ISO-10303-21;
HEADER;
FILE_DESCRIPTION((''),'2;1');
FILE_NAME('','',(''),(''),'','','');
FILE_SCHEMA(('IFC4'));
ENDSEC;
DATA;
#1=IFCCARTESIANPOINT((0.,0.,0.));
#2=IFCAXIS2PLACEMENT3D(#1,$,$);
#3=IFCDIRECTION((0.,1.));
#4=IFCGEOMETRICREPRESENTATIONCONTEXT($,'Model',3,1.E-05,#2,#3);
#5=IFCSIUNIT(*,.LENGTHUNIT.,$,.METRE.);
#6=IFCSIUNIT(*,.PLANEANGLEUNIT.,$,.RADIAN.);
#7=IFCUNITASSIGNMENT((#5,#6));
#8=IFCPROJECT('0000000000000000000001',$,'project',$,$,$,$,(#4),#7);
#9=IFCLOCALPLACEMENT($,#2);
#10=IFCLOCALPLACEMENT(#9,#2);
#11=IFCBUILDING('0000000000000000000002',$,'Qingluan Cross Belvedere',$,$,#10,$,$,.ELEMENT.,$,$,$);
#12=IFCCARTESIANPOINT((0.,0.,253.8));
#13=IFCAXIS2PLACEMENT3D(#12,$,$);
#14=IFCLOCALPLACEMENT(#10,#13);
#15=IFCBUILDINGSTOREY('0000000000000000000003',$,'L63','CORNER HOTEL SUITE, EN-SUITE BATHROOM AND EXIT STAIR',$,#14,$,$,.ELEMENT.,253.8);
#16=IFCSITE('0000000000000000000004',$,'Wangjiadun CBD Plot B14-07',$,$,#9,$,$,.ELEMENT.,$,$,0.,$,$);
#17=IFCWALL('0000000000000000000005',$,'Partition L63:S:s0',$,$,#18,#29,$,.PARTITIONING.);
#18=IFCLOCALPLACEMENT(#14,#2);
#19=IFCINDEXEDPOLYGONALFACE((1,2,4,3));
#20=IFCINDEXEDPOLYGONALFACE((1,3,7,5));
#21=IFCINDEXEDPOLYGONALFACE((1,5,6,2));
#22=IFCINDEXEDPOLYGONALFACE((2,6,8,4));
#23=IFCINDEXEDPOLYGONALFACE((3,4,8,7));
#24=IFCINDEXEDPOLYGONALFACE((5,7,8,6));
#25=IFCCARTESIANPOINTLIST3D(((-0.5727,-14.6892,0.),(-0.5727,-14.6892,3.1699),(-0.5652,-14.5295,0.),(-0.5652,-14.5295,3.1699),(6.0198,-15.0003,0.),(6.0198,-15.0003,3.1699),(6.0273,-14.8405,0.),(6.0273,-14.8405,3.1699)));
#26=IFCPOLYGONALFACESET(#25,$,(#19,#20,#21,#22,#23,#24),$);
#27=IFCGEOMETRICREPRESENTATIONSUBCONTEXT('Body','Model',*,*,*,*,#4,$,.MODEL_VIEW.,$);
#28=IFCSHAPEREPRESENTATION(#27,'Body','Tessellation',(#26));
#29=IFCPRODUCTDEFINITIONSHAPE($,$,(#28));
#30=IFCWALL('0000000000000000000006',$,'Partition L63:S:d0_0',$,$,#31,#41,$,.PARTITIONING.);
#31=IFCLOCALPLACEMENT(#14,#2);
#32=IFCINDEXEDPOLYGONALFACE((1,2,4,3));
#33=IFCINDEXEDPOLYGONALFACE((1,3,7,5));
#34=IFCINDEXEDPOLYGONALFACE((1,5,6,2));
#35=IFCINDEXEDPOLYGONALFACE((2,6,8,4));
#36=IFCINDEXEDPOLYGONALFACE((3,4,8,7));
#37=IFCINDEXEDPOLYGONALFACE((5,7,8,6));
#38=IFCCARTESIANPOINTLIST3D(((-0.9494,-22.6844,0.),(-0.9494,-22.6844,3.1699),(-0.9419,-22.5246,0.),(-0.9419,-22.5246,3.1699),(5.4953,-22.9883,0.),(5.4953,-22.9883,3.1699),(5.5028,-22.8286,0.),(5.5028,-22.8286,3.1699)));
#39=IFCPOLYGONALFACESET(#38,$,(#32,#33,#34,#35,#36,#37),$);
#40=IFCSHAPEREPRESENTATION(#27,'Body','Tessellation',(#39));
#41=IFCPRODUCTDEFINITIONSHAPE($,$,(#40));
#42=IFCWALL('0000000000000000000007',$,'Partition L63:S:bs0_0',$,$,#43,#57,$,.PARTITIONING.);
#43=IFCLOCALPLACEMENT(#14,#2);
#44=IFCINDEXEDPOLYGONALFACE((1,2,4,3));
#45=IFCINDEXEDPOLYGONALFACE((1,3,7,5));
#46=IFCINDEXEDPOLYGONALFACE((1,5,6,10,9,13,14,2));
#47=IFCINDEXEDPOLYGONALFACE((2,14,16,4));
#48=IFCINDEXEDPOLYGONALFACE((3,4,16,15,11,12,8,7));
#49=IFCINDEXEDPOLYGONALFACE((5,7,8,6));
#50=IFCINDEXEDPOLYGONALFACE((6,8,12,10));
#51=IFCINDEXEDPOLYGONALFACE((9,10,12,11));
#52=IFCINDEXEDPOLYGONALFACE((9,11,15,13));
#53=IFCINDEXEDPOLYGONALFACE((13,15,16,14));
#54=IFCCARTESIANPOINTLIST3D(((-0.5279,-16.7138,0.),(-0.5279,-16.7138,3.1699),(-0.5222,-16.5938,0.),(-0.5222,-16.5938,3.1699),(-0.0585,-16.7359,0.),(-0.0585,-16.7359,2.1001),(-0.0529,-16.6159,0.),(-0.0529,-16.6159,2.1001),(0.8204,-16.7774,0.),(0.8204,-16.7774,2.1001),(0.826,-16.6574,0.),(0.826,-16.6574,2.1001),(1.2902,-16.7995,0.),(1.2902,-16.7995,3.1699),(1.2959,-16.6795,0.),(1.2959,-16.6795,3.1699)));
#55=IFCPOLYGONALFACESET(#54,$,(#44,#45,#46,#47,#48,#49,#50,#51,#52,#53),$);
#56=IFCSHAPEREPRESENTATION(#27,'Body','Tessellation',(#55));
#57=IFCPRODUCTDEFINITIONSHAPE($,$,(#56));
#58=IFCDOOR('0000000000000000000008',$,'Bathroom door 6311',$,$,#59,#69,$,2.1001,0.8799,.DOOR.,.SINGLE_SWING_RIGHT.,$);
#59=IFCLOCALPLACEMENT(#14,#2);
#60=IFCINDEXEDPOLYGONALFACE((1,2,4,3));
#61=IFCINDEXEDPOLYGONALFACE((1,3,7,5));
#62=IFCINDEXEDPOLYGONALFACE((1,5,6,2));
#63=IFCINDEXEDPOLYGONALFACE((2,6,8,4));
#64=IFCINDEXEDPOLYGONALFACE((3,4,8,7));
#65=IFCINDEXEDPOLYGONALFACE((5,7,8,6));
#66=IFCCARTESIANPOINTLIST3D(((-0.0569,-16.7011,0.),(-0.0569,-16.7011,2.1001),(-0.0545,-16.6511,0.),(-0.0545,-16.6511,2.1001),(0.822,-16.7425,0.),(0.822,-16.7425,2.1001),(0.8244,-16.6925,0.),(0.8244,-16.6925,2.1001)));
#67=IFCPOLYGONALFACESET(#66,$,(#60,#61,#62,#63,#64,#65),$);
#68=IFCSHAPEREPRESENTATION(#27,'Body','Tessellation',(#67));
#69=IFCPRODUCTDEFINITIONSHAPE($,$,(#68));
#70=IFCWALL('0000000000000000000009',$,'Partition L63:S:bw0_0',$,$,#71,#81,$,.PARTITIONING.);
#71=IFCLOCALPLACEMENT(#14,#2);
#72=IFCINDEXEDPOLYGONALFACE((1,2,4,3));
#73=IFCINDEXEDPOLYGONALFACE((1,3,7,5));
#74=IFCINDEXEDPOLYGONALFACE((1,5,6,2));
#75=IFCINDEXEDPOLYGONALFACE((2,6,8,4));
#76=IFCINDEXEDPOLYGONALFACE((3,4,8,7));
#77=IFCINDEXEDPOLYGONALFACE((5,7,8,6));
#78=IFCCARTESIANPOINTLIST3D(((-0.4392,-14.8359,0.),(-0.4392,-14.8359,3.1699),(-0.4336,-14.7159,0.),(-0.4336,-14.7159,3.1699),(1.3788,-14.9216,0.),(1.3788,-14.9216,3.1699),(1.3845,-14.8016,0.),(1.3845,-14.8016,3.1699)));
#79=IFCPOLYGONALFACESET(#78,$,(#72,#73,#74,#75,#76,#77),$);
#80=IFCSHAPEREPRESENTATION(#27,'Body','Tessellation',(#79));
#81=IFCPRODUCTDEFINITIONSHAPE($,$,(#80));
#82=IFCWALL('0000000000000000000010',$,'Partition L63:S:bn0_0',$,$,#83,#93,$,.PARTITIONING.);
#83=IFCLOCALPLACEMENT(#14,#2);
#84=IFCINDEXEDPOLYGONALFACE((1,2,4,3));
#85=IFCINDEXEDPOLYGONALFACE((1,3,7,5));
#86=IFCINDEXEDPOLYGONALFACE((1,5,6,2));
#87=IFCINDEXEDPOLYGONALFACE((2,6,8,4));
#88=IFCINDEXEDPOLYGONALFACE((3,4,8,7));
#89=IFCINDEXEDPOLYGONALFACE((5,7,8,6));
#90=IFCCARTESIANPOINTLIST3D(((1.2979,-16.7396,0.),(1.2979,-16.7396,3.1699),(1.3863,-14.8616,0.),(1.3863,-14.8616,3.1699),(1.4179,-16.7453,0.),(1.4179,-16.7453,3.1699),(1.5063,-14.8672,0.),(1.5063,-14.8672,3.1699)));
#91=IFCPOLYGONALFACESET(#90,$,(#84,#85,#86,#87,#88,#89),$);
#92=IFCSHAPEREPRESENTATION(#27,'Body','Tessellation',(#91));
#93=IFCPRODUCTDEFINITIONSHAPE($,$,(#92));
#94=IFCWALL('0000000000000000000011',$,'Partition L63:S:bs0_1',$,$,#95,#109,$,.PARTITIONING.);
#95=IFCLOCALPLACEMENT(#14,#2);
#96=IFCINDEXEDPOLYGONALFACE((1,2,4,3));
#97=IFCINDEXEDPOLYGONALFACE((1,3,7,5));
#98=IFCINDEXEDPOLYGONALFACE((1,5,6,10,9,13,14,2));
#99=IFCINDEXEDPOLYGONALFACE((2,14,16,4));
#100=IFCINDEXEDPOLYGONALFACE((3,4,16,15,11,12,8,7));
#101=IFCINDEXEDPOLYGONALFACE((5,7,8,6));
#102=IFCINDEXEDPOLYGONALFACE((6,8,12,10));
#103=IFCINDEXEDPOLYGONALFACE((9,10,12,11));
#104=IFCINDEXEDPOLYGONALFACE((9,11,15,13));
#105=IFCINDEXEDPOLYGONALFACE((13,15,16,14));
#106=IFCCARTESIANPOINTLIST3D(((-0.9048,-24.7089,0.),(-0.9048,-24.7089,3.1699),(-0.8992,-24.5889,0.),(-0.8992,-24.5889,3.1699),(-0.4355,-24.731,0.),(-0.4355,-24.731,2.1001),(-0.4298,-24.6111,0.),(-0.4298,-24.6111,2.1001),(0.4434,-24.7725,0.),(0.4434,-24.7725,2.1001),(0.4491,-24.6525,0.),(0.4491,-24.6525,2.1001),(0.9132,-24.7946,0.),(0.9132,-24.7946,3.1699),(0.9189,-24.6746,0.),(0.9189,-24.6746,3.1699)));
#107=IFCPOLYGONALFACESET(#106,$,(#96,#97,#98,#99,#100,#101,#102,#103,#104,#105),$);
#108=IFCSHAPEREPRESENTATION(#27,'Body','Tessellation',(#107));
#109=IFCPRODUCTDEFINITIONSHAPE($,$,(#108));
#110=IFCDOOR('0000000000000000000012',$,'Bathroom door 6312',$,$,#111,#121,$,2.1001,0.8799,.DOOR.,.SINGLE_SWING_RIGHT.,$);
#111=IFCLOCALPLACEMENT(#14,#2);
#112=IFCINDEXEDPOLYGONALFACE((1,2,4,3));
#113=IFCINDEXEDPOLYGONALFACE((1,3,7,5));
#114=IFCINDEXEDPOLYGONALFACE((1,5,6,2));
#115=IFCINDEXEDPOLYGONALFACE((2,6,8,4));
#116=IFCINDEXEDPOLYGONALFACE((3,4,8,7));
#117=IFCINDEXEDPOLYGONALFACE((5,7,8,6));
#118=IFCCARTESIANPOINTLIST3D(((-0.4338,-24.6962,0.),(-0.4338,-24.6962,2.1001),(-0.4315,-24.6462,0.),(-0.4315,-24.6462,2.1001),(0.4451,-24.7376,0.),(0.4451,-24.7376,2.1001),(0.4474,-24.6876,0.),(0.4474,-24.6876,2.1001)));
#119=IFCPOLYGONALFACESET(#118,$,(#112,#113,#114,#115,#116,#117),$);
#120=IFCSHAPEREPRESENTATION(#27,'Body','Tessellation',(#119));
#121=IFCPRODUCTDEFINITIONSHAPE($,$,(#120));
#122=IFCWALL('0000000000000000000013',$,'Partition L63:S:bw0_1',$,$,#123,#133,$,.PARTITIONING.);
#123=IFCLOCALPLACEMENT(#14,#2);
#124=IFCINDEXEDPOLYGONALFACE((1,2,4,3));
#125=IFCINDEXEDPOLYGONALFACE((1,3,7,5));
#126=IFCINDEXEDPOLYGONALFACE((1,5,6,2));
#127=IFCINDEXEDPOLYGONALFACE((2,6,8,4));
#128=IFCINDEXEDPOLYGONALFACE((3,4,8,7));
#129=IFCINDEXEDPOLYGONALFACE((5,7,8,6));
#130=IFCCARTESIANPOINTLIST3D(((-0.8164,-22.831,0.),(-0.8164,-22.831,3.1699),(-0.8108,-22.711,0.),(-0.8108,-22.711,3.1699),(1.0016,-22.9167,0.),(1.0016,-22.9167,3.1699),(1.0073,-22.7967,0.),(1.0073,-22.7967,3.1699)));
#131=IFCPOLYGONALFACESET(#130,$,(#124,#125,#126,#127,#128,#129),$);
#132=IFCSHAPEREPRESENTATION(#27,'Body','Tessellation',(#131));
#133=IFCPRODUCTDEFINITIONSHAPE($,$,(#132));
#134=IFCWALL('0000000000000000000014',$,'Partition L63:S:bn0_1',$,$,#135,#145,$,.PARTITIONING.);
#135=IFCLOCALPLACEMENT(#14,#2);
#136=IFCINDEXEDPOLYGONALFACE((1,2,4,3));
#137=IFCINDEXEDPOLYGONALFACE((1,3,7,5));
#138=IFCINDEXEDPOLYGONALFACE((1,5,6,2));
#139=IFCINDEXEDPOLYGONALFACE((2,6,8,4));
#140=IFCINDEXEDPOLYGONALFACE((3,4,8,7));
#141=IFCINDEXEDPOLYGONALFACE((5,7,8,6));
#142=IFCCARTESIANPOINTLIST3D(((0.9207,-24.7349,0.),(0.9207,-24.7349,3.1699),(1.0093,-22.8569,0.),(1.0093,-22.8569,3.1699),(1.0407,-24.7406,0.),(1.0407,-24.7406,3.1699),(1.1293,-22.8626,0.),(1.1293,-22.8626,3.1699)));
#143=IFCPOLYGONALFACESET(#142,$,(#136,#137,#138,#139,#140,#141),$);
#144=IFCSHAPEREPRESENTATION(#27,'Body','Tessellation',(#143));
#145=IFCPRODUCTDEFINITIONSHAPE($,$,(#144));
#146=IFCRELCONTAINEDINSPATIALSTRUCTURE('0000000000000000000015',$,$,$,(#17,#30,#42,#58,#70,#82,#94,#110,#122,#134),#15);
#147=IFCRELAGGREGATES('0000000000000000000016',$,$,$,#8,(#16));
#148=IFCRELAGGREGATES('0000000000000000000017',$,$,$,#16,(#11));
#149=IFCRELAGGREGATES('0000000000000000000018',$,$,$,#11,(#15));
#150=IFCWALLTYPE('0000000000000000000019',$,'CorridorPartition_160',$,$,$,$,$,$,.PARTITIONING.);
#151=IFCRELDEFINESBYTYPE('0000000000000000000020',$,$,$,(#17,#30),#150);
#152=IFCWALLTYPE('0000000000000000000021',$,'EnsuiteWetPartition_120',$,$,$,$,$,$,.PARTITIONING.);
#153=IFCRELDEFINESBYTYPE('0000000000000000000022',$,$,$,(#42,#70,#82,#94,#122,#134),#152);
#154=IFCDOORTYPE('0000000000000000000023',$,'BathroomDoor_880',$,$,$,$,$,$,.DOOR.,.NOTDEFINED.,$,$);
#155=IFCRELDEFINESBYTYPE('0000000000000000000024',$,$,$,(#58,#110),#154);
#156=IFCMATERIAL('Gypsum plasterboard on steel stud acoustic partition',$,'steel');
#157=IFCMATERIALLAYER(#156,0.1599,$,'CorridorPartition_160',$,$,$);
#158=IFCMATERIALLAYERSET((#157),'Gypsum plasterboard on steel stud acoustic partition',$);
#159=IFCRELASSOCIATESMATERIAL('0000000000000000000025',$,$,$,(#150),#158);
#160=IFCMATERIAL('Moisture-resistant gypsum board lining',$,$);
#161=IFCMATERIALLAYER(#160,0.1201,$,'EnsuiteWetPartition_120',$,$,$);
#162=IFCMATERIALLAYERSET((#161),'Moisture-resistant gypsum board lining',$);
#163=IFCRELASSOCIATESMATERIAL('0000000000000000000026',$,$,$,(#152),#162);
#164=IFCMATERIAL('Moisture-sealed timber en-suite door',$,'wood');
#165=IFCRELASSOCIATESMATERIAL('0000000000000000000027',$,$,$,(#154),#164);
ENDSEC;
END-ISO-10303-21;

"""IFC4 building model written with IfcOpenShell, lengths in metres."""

from ifc_helpers import new_model, si_unit, direction, frame, frame_2d, origin, place, context, subcontext, project, spatial, rectangle, extrude, material, layer, layer_set, type_object, element, fill, save


model = new_model("IFC4")

# Units and contexts
model_context = context("Model", 3, precision=1e-05, world=origin(), true_north=direction((0.0, 1.0)))
body_context = subcontext(model_context, "Body", "Model", "MODEL_VIEW")
ifc_project = project(units=[si_unit("LENGTHUNIT", "METRE"), si_unit("PLANEANGLEUNIT", "RADIAN")], contexts=[model_context])

# Site, building, storey
site_placement = place(None, origin())
site = spatial("IfcSite", under=ifc_project, at=site_placement, Name="Wangjiadun CBD Plot B14-07", CompositionType="ELEMENT", RefElevation=0.0)
building_placement = place(site_placement, origin())
building = spatial("IfcBuilding", under=site, at=building_placement, Name="Qingluan Cross Belvedere", CompositionType="ELEMENT")
storey_placement = place(building_placement, frame((0.0, 0.0, 253.8)))
storey = spatial("IfcBuildingStorey", under=building, at=storey_placement, Name="L63", Description="CORNER HOTEL SUITE, EN-SUITE BATHROOM AND EXIT STAIR", CompositionType="ELEMENT", Elevation=253.8)

# Shared definitions
ifc_material_1 = material(Name="Gypsum plasterboard on steel stud acoustic partition", Category="steel")
ifc_layer_1 = layer(ifc_material_1, 0.1599, Name="CorridorPartition_160")
ifc_layer_set_1 = layer_set([ifc_layer_1], Name="Gypsum plasterboard on steel stud acoustic partition")
wall_type_1 = type_object("IfcWallType", Name="CorridorPartition_160", PredefinedType="PARTITIONING", material=ifc_layer_set_1)

# Walls
wall_1_placement = place(storey_placement, frame((-0.5688, -14.6094, 0.0), z_axis=(0.0, 0.0, 1.0), x_axis=(0.998889, -0.047128, 0.0)))
element("IfcWall", 1, at=wall_1_placement, inside=storey, type_object=wall_type_1, Name="Partition L63:S:s0", PredefinedType="PARTITIONING", context=body_context, shape_type="SweptSolid", body=[
    extrude(rectangle(XDim=6.5999, YDim=0.1599, at=frame_2d((3.2998, 0.0))), origin(), (0.0, 0.0, 1.0), 3.1699),
])
wall_2_placement = place(storey_placement, frame((-0.9458, -22.6045, 0.0), z_axis=(0.0, 0.0, 1.0), x_axis=(0.99889, -0.04711, 0.0)))
element("IfcWall", 2, at=wall_2_placement, inside=storey, type_object=wall_type_1, Name="Partition L63:S:d0_0", PredefinedType="PARTITIONING", context=body_context, shape_type="SweptSolid", body=[
    extrude(rectangle(XDim=6.4519, YDim=0.1599, at=frame_2d((3.2261, 0.0))), origin(), (0.0, 0.0, 1.0), 3.1699),
])

# Wall, opening, door
ifc_material_2 = material(Name="Moisture-resistant gypsum board lining")
ifc_layer_2 = layer(ifc_material_2, 0.1201, Name="EnsuiteWetPartition_120")
ifc_layer_set_2 = layer_set([ifc_layer_2], Name="Moisture-resistant gypsum board lining")
wall_type_2 = type_object("IfcWallType", Name="EnsuiteWetPartition_120", PredefinedType="PARTITIONING", material=ifc_layer_set_2)
wall_3_placement = place(storey_placement, frame((-0.5251, -16.6538, 0.0), z_axis=(0.0, 0.0, 1.0), x_axis=(0.998891, -0.047081, 0.0)))
wall_3 = element("IfcWall", 3, at=wall_3_placement, inside=storey, type_object=wall_type_2, Name="Partition L63:S:bs0_0", PredefinedType="PARTITIONING", context=body_context, shape_type="SweptSolid", body=[
    extrude(rectangle(XDim=1.8201, YDim=0.1201, at=frame_2d((0.9102, 0.0))), origin(), (0.0, 0.0, 1.0), 3.1699),
])
opening_1_placement = place(wall_3_placement, frame((0.47, 0.0, 0.0)))
opening_1 = element("IfcOpeningElement", 4, at=opening_1_placement, cuts=wall_3, PredefinedType="OPENING", context=body_context, shape_type="SweptSolid", body=[
    extrude(rectangle(XDim=0.8799, YDim=2.1001, at=frame_2d((0.4399, 1.05))), frame((0.0, 0.0701, 0.0), z_axis=(0.0, -1.0, 0.0), x_axis=(1.0, 0.0, 0.0)), (0.0, 0.0, 1.0), 0.1401),
])
ifc_material_3 = material(Name="Moisture-sealed timber en-suite door", Category="wood")
door_type_1 = type_object("IfcDoorType", Name="BathroomDoor_880", OperationType="NOTDEFINED", PredefinedType="DOOR", material=ifc_material_3)
door_1_placement = place(opening_1_placement, origin())
door_1 = element("IfcDoor", 5, at=door_1_placement, inside=storey, type_object=door_type_1, Name="Bathroom door 6311", OperationType="SINGLE_SWING_RIGHT", OverallHeight=2.1001, OverallWidth=0.8799, PredefinedType="DOOR", context=body_context, shape_type="SweptSolid", body=[
    extrude(rectangle(XDim=0.8799, YDim=2.1001, at=frame_2d((0.4399, 1.05))), frame((0.0, 0.0249, 0.0), z_axis=(0.0, -1.0, 0.0), x_axis=(1.0, 0.0, 0.0)), (0.0, 0.0, 1.0), 0.05),
])
fill(opening_1, door_1)

# Walls
wall_4_placement = place(storey_placement, frame((-0.4365, -14.7759, 0.0), z_axis=(0.0, 0.0, 1.0), x_axis=(0.998891, -0.047081, 0.0)))
element("IfcWall", 6, at=wall_4_placement, inside=storey, type_object=wall_type_2, Name="Partition L63:S:bw0_0", PredefinedType="PARTITIONING", context=body_context, shape_type="SweptSolid", body=[
    extrude(rectangle(XDim=1.8201, YDim=0.1201, at=frame_2d((0.9102, 0.0))), origin(), (0.0, 0.0, 1.0), 3.1699),
])
wall_5_placement = place(storey_placement, frame((1.4463, -14.8645, 0.0), z_axis=(0.0, 0.0, 1.0), x_axis=(-0.04701, -0.998894, 0.0)))
element("IfcWall", 7, at=wall_5_placement, inside=storey, type_object=wall_type_2, Name="Partition L63:S:bn0_0", PredefinedType="PARTITIONING", context=body_context, shape_type="SweptSolid", body=[
    extrude(rectangle(XDim=1.8801, YDim=0.1201, at=frame_2d((0.9399, 0.0))), origin(), (0.0, 0.0, 1.0), 3.1699),
])

# Wall, opening, door
wall_6_placement = place(storey_placement, frame((-0.9021, -24.6489, 0.0), z_axis=(0.0, 0.0, 1.0), x_axis=(0.998891, -0.047081, 0.0)))
wall_6 = element("IfcWall", 8, at=wall_6_placement, inside=storey, type_object=wall_type_2, Name="Partition L63:S:bs0_1", PredefinedType="PARTITIONING", context=body_context, shape_type="SweptSolid", body=[
    extrude(rectangle(XDim=1.8201, YDim=0.1201, at=frame_2d((0.9102, 0.0))), origin(), (0.0, 0.0, 1.0), 3.1699),
])
opening_2_placement = place(wall_6_placement, frame((0.47, 0.0, 0.0)))
opening_2 = element("IfcOpeningElement", 9, at=opening_2_placement, cuts=wall_6, PredefinedType="OPENING", context=body_context, shape_type="SweptSolid", body=[
    extrude(rectangle(XDim=0.8799, YDim=2.1001, at=frame_2d((0.4399, 1.05))), frame((0.0, 0.0701, 0.0), z_axis=(0.0, -1.0, 0.0), x_axis=(1.0, 0.0, 0.0)), (0.0, 0.0, 1.0), 0.1401),
])
door_2_placement = place(opening_2_placement, origin())
door_2 = element("IfcDoor", 10, at=door_2_placement, inside=storey, type_object=door_type_1, Name="Bathroom door 6312", OperationType="SINGLE_SWING_RIGHT", OverallHeight=2.1001, OverallWidth=0.8799, PredefinedType="DOOR", context=body_context, shape_type="SweptSolid", body=[
    extrude(rectangle(XDim=0.8799, YDim=2.1001, at=frame_2d((0.4399, 1.05))), frame((0.0, 0.0249, 0.0), z_axis=(0.0, -1.0, 0.0), x_axis=(1.0, 0.0, 0.0)), (0.0, 0.0, 1.0), 0.05),
])
fill(opening_2, door_2)

# Walls
wall_7_placement = place(storey_placement, frame((-0.8137, -22.771, 0.0), z_axis=(0.0, 0.0, 1.0), x_axis=(0.998891, -0.047081, 0.0)))
element("IfcWall", 11, at=wall_7_placement, inside=storey, type_object=wall_type_2, Name="Partition L63:S:bw0_1", PredefinedType="PARTITIONING", context=body_context, shape_type="SweptSolid", body=[
    extrude(rectangle(XDim=1.8201, YDim=0.1201, at=frame_2d((0.9102, 0.0))), origin(), (0.0, 0.0, 1.0), 3.1699),
])
wall_8_placement = place(storey_placement, frame((1.0693, -22.8599, 0.0), z_axis=(0.0, 0.0, 1.0), x_axis=(-0.047139, -0.998888, 0.0)))
element("IfcWall", 12, at=wall_8_placement, inside=storey, type_object=wall_type_2, Name="Partition L63:S:bn0_1", PredefinedType="PARTITIONING", context=body_context, shape_type="SweptSolid", body=[
    extrude(rectangle(XDim=1.8801, YDim=0.1201, at=frame_2d((0.9399, 0.0))), origin(), (0.0, 0.0, 1.0), 3.1699),
])

save(model, "model.ifc")
